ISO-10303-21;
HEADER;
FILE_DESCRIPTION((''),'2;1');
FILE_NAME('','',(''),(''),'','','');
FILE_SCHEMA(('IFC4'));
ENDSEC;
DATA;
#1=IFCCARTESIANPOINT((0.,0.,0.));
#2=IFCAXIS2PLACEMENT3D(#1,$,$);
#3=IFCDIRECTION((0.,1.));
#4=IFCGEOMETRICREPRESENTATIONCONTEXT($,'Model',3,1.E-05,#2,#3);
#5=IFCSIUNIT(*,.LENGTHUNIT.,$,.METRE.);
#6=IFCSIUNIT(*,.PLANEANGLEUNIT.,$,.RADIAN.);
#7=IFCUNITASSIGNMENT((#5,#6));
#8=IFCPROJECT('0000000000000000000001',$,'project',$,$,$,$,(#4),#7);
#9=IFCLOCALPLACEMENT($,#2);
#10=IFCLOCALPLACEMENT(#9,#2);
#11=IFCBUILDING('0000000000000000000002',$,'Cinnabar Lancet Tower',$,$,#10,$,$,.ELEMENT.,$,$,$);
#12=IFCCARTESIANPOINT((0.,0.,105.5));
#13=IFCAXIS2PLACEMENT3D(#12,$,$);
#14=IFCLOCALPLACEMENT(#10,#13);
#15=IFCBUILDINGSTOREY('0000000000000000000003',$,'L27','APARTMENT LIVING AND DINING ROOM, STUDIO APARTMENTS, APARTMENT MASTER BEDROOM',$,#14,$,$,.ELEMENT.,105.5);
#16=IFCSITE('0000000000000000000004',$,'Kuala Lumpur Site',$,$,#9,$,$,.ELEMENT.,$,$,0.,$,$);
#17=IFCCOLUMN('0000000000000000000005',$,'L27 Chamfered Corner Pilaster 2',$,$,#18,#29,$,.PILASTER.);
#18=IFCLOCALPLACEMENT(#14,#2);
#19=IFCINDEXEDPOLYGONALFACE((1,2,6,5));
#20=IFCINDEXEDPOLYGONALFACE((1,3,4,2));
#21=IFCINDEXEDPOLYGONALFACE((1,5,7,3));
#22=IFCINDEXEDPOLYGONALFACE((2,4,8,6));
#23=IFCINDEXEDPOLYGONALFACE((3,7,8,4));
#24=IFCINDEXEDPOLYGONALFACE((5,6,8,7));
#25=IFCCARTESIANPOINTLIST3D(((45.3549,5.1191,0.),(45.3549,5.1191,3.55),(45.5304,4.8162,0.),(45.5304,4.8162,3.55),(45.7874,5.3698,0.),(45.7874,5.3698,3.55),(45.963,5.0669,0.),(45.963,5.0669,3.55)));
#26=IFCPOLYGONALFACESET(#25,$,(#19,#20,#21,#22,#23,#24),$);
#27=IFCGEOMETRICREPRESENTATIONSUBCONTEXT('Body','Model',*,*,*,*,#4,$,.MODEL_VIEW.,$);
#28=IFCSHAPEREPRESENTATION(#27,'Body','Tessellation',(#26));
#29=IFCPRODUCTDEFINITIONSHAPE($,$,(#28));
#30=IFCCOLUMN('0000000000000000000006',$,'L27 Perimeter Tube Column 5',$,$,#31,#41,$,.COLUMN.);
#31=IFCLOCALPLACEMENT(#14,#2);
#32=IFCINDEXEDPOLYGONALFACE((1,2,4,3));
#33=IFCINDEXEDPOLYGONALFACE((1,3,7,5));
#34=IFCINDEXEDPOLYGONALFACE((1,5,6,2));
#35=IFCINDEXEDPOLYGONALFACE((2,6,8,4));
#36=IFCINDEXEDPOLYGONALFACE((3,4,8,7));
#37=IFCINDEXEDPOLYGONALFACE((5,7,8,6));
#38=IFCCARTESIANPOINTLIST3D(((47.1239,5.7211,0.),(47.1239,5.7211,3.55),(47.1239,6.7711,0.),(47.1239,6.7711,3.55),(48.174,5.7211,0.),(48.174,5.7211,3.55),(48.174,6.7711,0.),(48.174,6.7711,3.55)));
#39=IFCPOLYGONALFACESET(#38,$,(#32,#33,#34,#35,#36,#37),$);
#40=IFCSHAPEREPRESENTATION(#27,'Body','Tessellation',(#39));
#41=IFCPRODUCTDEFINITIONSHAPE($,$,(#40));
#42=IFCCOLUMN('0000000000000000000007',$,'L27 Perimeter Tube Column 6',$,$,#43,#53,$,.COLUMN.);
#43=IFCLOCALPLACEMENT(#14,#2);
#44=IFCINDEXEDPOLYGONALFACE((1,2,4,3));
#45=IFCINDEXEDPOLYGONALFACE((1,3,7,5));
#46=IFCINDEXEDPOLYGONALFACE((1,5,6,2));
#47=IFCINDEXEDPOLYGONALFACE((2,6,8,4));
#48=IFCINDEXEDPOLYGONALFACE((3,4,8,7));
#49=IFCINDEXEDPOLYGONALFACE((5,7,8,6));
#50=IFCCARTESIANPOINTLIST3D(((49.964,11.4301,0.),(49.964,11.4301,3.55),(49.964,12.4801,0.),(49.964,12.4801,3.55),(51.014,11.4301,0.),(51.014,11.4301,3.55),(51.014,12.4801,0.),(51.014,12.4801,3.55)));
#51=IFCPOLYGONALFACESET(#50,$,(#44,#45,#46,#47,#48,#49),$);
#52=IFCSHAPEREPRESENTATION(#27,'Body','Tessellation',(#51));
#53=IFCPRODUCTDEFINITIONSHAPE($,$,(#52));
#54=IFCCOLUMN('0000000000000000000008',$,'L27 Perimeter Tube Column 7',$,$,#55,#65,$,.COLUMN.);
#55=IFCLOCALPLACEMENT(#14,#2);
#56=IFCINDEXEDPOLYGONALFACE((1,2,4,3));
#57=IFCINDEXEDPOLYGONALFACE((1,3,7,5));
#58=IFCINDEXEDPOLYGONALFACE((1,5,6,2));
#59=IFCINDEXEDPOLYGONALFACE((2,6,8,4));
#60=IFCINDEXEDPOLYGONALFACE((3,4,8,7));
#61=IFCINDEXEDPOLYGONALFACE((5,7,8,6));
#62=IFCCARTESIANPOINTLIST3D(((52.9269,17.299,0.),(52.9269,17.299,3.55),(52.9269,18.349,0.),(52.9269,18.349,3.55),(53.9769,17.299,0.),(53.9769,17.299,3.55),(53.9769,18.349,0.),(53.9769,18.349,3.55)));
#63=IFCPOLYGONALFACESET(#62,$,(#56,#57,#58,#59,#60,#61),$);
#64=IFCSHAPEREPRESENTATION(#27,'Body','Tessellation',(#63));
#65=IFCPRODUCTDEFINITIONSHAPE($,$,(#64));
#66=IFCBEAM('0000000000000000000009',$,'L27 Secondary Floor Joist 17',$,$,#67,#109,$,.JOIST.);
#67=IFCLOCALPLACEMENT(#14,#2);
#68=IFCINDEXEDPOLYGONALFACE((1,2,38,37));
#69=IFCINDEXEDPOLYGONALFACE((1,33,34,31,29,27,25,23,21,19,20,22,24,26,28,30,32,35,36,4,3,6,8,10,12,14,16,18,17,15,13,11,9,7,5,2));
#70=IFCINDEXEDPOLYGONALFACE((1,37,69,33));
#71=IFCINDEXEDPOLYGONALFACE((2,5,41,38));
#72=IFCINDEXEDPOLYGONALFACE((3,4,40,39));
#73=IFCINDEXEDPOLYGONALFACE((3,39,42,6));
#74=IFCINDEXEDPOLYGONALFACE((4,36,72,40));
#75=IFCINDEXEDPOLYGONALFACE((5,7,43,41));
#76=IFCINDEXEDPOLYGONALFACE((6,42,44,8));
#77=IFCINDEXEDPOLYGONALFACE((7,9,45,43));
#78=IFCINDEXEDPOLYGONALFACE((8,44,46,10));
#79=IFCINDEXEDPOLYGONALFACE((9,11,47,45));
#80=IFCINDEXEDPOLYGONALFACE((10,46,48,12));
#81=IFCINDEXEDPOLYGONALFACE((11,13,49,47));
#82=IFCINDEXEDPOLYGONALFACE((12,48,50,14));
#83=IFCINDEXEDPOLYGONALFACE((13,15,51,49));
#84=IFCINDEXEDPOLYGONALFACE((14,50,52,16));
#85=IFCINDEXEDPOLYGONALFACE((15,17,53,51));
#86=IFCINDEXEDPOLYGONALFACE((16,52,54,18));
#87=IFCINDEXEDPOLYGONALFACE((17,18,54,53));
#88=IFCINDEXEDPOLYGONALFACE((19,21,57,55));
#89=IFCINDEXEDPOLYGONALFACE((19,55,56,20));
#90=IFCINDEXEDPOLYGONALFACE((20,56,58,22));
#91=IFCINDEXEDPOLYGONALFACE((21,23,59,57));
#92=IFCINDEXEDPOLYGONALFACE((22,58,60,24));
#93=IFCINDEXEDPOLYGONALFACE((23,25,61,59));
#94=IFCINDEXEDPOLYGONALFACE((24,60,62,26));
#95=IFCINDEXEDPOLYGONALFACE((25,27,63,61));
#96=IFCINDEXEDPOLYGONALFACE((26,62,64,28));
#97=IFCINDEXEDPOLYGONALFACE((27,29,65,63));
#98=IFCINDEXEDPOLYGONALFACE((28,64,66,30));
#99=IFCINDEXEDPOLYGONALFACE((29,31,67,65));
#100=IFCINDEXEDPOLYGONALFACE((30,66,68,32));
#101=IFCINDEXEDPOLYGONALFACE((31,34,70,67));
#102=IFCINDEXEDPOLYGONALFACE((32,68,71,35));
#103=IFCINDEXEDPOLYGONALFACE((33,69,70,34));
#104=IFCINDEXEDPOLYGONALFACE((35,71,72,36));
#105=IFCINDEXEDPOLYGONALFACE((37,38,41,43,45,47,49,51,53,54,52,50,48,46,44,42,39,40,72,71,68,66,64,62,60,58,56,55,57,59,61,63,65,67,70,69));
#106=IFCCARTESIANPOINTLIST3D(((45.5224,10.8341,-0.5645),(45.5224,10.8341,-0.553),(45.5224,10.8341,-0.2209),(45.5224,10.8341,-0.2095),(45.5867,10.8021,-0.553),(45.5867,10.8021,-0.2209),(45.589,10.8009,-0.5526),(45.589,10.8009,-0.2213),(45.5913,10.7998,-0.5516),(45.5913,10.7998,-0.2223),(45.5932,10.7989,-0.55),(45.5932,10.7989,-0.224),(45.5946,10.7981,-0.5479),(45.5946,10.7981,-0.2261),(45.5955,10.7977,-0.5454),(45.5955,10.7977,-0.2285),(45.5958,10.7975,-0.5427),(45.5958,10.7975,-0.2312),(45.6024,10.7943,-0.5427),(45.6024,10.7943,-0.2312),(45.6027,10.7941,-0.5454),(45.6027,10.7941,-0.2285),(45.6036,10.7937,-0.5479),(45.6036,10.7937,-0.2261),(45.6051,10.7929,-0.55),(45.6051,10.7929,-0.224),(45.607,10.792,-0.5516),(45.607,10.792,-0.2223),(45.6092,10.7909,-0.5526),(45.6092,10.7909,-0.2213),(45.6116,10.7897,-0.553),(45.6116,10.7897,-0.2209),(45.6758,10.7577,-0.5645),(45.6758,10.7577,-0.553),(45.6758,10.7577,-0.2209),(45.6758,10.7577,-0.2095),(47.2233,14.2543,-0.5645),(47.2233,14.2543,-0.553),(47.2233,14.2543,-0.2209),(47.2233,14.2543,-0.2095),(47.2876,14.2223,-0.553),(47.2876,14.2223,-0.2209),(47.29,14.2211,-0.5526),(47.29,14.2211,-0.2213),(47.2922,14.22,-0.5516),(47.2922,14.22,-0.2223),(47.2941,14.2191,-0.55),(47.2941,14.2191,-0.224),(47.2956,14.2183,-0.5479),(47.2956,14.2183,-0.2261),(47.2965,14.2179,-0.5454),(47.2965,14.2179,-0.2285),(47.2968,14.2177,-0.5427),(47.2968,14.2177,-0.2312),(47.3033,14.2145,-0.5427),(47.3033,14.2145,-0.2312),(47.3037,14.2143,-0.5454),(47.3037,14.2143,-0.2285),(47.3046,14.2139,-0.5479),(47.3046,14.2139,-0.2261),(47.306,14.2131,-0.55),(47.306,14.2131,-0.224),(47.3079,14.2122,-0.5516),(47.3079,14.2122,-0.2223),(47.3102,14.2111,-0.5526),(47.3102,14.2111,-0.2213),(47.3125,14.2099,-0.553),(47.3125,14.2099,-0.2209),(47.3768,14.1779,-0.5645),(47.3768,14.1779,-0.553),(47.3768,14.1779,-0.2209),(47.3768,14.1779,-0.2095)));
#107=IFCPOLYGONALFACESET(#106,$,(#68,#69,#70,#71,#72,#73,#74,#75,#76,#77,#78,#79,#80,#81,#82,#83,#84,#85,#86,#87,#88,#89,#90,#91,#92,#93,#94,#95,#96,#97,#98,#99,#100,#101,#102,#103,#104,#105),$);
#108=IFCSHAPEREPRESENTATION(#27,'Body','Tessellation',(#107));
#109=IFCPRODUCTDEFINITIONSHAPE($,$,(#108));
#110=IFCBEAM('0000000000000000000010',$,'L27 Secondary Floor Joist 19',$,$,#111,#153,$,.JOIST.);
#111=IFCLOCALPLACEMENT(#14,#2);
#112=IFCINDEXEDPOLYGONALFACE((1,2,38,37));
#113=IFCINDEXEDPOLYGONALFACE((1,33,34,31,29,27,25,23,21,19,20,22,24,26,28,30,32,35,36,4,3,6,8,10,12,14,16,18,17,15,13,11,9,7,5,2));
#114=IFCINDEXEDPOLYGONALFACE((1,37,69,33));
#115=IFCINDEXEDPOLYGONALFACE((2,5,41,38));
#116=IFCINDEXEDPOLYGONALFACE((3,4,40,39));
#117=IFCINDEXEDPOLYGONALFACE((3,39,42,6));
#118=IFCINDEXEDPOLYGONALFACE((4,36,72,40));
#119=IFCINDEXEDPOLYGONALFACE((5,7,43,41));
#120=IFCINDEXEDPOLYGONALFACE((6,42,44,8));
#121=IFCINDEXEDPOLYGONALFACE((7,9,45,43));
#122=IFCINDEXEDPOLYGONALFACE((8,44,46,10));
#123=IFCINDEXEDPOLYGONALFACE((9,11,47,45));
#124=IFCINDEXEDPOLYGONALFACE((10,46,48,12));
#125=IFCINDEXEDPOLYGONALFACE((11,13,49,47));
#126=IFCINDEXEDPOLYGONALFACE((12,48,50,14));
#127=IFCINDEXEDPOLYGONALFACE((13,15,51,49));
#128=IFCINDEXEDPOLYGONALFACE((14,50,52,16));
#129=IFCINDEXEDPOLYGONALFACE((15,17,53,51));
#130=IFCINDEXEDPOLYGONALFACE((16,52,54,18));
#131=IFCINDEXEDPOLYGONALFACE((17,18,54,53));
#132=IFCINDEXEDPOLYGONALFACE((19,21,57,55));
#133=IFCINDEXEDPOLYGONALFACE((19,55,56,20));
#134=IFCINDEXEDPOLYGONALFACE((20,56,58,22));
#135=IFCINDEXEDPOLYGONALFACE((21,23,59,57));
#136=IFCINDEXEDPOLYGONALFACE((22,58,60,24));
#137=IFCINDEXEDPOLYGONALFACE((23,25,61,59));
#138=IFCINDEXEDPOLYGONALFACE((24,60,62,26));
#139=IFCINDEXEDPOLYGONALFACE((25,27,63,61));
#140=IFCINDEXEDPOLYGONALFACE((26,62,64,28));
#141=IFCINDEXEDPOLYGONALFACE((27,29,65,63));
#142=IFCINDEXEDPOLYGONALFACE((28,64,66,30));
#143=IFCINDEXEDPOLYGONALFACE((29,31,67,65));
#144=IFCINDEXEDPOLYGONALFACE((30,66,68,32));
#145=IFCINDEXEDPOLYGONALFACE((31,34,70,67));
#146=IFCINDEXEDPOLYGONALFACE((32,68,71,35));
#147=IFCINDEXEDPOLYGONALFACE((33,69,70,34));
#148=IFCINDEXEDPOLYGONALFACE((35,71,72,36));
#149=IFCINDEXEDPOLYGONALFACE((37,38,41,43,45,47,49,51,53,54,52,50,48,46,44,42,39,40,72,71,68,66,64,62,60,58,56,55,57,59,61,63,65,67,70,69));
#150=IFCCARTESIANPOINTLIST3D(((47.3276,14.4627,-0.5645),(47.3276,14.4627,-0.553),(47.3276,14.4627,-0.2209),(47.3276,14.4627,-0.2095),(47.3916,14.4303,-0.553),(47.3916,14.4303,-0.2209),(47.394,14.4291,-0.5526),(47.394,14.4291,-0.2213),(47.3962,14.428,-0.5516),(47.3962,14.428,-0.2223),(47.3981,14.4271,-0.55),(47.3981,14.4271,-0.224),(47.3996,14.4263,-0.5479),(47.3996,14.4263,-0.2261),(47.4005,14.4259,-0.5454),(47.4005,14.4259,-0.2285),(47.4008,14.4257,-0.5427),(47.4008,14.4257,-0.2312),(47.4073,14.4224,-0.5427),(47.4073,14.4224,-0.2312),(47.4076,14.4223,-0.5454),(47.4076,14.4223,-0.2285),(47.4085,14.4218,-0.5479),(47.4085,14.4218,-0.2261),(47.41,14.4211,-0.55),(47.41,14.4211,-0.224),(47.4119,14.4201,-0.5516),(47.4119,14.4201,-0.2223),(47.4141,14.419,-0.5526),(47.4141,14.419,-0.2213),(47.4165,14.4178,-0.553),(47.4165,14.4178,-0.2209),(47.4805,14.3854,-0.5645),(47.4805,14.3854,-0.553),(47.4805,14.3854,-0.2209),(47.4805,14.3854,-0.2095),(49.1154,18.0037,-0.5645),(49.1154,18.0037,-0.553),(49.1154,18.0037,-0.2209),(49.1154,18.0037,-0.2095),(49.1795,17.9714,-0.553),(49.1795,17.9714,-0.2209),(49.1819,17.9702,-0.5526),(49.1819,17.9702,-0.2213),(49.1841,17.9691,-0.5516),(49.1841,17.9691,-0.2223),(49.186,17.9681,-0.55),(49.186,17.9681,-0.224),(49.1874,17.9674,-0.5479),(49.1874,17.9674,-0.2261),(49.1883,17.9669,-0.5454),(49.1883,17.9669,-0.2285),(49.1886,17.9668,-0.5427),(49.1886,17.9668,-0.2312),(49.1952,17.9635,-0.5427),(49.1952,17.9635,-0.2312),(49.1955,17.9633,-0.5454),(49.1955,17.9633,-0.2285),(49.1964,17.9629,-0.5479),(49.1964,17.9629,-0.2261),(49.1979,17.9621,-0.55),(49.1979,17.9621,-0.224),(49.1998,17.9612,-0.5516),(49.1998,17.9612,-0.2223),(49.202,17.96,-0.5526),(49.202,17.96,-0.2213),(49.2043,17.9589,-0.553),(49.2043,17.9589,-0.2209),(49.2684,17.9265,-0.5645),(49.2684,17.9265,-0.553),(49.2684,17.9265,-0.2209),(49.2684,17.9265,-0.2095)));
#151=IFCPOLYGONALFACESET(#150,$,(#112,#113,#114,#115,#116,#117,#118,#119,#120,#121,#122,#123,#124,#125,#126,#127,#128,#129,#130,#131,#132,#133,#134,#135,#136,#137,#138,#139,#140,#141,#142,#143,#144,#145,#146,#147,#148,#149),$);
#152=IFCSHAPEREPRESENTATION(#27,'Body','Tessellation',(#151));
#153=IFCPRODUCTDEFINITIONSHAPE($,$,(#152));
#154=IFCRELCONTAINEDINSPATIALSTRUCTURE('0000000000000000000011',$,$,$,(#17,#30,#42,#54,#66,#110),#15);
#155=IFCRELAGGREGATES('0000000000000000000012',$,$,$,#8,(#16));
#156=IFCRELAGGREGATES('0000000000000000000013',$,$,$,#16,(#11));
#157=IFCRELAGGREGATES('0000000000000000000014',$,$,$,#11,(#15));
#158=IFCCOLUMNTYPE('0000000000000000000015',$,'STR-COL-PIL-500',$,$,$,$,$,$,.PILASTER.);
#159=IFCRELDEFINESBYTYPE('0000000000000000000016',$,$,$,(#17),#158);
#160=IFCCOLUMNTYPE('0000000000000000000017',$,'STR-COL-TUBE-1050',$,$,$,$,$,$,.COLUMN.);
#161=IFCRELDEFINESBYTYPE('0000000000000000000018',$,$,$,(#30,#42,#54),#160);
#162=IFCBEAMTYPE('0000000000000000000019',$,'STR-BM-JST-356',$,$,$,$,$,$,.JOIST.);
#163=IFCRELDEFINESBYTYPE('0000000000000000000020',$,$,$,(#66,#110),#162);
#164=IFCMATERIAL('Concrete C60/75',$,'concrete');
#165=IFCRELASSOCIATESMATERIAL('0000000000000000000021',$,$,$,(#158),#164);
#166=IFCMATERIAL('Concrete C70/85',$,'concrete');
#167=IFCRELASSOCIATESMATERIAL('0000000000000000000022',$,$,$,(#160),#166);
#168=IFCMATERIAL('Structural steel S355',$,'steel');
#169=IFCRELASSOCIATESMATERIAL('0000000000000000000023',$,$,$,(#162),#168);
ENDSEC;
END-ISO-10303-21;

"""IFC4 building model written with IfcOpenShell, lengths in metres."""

from ifc_helpers import new_model, si_unit, direction, frame, origin, origin_2d, place, context, subcontext, project, spatial, rectangle, i_section, extrude, material, material_profile, profile_set, type_object, element, save


model = new_model("IFC4")

# Units and contexts
model_context = context("Model", 3, precision=1e-05, world=origin(), true_north=direction((0.0, 1.0)))
body_context = subcontext(model_context, "Body", "Model", "MODEL_VIEW")
ifc_project = project(units=[si_unit("LENGTHUNIT", "METRE"), si_unit("PLANEANGLEUNIT", "RADIAN")], contexts=[model_context])

# Site, building, storey
site_placement = place(None, origin())
site = spatial("IfcSite", under=ifc_project, at=site_placement, Name="Kuala Lumpur Site", CompositionType="ELEMENT", RefElevation=0.0)
building_placement = place(site_placement, origin())
building = spatial("IfcBuilding", under=site, at=building_placement, Name="Cinnabar Lancet Tower", CompositionType="ELEMENT")
storey_placement = place(building_placement, frame((0.0, 0.0, 105.5)))
storey = spatial("IfcBuildingStorey", under=building, at=storey_placement, Name="L27", Description="APARTMENT LIVING AND DINING ROOM, STUDIO APARTMENTS, APARTMENT MASTER BEDROOM", CompositionType="ELEMENT", Elevation=105.5)

# Columns
ifc_material_1 = material(Name="Concrete C60/75", Category="concrete")
ifc_material_profile_1 = material_profile(ifc_material_1, rectangle(XDim=0.5, YDim=0.3501, at=origin_2d()), Name="RC-PIL 500x350")
ifc_profile_set_1 = profile_set([ifc_material_profile_1], Name="Concrete C60/75")
column_type_1 = type_object("IfcColumnType", Name="STR-COL-PIL-500", PredefinedType="PILASTER", material=ifc_profile_set_1)
column_placement = place(storey_placement, frame((45.6589, 5.093, 0.0), z_axis=(0.0, 0.0, 1.0), x_axis=(0.86516, 0.501496, 0.0)))
element("IfcColumn", 1, at=column_placement, inside=storey, type_object=column_type_1, Name="L27 Chamfered Corner Pilaster 2", PredefinedType="PILASTER", context=body_context, shape_type="SweptSolid", body=[
    extrude(rectangle(XDim=0.5, YDim=0.3501, at=origin_2d()), origin(), (0.0, 0.0, 1.0), 3.55),
])
ifc_material_2 = material(Name="Concrete C70/85", Category="concrete")
ifc_material_profile_2 = material_profile(ifc_material_2, rectangle(XDim=1.05, YDim=1.05, at=origin_2d()), Name="RC-COL 1050x1050")
ifc_profile_set_2 = profile_set([ifc_material_profile_2], Name="Concrete C70/85")
column_type_2 = type_object("IfcColumnType", Name="STR-COL-TUBE-1050", PredefinedType="COLUMN", material=ifc_profile_set_2)
for number, where, z_axis, x_axis, name in (
    (2, (47.6489, 6.2461, 0.0), (0.0, 0.0, 1.0), (1.0, 0.0, 0.0), "L27 Perimeter Tube Column 5"),
    (3, (50.489, 11.9551, 0.0), (0.0, 0.0, 1.0), (1.0, 0.0, 0.0), "L27 Perimeter Tube Column 6"),
    (4, (53.4519, 17.824, 0.0), (0.0, 0.0, 1.0), (1.0, 0.0, 0.0), "L27 Perimeter Tube Column 7"),
):
    element("IfcColumn", number, at=place(storey_placement, frame(where, z_axis=z_axis, x_axis=x_axis)), inside=storey, type_object=column_type_2, Name=name, PredefinedType="COLUMN", context=body_context, shape_type="SweptSolid", body=[
        extrude(rectangle(XDim=1.05, YDim=1.05, at=origin_2d()), origin(), (0.0, 0.0, 1.0), 3.55),
    ])

# Beams
ifc_material_3 = material(Name="Structural steel S355", Category="steel")
ifc_material_profile_3 = material_profile(ifc_material_3, i_section(OverallWidth=0.1714, OverallDepth=0.355, WebThickness=0.0073, FlangeThickness=0.0115, FilletRadius=0.0103, at=origin_2d()), Name="UKB 356x171x51")
ifc_profile_set_3 = profile_set([ifc_material_profile_3], Name="Structural steel S355")
beam_type_1 = type_object("IfcBeamType", Name="STR-BM-JST-356", PredefinedType="JOIST", material=ifc_profile_set_3)
beam_1_placement = place(storey_placement, frame((45.5991, 10.7959, -0.387), z_axis=(0.445295, 0.895384, 0.0), x_axis=(-0.895384, 0.445295, 0.0)))
element("IfcBeam", 5, at=beam_1_placement, inside=storey, type_object=beam_type_1, Name="L27 Secondary Floor Joist 17", PredefinedType="JOIST", context=body_context, shape_type="SweptSolid", body=[
    extrude(i_section(OverallWidth=0.1714, OverallDepth=0.355, WebThickness=0.0073, FlangeThickness=0.0115, FilletRadius=0.0103, at=origin_2d()), origin(), (0.0, 0.0, 1.0), 3.8198),
])
beam_2_placement = place(storey_placement, frame((47.4041, 14.4241, -0.387), z_axis=(0.450706, 0.892672, 0.0), x_axis=(-0.892672, 0.450706, 0.0)))
element("IfcBeam", 6, at=beam_2_placement, inside=storey, type_object=beam_type_1, Name="L27 Secondary Floor Joist 19", PredefinedType="JOIST", context=body_context, shape_type="SweptSolid", body=[
    extrude(i_section(OverallWidth=0.1714, OverallDepth=0.355, WebThickness=0.0073, FlangeThickness=0.0115, FilletRadius=0.0103, at=origin_2d()), origin(), (0.0, 0.0, 1.0), 3.9668),
])

save(model, "model.ifc")
